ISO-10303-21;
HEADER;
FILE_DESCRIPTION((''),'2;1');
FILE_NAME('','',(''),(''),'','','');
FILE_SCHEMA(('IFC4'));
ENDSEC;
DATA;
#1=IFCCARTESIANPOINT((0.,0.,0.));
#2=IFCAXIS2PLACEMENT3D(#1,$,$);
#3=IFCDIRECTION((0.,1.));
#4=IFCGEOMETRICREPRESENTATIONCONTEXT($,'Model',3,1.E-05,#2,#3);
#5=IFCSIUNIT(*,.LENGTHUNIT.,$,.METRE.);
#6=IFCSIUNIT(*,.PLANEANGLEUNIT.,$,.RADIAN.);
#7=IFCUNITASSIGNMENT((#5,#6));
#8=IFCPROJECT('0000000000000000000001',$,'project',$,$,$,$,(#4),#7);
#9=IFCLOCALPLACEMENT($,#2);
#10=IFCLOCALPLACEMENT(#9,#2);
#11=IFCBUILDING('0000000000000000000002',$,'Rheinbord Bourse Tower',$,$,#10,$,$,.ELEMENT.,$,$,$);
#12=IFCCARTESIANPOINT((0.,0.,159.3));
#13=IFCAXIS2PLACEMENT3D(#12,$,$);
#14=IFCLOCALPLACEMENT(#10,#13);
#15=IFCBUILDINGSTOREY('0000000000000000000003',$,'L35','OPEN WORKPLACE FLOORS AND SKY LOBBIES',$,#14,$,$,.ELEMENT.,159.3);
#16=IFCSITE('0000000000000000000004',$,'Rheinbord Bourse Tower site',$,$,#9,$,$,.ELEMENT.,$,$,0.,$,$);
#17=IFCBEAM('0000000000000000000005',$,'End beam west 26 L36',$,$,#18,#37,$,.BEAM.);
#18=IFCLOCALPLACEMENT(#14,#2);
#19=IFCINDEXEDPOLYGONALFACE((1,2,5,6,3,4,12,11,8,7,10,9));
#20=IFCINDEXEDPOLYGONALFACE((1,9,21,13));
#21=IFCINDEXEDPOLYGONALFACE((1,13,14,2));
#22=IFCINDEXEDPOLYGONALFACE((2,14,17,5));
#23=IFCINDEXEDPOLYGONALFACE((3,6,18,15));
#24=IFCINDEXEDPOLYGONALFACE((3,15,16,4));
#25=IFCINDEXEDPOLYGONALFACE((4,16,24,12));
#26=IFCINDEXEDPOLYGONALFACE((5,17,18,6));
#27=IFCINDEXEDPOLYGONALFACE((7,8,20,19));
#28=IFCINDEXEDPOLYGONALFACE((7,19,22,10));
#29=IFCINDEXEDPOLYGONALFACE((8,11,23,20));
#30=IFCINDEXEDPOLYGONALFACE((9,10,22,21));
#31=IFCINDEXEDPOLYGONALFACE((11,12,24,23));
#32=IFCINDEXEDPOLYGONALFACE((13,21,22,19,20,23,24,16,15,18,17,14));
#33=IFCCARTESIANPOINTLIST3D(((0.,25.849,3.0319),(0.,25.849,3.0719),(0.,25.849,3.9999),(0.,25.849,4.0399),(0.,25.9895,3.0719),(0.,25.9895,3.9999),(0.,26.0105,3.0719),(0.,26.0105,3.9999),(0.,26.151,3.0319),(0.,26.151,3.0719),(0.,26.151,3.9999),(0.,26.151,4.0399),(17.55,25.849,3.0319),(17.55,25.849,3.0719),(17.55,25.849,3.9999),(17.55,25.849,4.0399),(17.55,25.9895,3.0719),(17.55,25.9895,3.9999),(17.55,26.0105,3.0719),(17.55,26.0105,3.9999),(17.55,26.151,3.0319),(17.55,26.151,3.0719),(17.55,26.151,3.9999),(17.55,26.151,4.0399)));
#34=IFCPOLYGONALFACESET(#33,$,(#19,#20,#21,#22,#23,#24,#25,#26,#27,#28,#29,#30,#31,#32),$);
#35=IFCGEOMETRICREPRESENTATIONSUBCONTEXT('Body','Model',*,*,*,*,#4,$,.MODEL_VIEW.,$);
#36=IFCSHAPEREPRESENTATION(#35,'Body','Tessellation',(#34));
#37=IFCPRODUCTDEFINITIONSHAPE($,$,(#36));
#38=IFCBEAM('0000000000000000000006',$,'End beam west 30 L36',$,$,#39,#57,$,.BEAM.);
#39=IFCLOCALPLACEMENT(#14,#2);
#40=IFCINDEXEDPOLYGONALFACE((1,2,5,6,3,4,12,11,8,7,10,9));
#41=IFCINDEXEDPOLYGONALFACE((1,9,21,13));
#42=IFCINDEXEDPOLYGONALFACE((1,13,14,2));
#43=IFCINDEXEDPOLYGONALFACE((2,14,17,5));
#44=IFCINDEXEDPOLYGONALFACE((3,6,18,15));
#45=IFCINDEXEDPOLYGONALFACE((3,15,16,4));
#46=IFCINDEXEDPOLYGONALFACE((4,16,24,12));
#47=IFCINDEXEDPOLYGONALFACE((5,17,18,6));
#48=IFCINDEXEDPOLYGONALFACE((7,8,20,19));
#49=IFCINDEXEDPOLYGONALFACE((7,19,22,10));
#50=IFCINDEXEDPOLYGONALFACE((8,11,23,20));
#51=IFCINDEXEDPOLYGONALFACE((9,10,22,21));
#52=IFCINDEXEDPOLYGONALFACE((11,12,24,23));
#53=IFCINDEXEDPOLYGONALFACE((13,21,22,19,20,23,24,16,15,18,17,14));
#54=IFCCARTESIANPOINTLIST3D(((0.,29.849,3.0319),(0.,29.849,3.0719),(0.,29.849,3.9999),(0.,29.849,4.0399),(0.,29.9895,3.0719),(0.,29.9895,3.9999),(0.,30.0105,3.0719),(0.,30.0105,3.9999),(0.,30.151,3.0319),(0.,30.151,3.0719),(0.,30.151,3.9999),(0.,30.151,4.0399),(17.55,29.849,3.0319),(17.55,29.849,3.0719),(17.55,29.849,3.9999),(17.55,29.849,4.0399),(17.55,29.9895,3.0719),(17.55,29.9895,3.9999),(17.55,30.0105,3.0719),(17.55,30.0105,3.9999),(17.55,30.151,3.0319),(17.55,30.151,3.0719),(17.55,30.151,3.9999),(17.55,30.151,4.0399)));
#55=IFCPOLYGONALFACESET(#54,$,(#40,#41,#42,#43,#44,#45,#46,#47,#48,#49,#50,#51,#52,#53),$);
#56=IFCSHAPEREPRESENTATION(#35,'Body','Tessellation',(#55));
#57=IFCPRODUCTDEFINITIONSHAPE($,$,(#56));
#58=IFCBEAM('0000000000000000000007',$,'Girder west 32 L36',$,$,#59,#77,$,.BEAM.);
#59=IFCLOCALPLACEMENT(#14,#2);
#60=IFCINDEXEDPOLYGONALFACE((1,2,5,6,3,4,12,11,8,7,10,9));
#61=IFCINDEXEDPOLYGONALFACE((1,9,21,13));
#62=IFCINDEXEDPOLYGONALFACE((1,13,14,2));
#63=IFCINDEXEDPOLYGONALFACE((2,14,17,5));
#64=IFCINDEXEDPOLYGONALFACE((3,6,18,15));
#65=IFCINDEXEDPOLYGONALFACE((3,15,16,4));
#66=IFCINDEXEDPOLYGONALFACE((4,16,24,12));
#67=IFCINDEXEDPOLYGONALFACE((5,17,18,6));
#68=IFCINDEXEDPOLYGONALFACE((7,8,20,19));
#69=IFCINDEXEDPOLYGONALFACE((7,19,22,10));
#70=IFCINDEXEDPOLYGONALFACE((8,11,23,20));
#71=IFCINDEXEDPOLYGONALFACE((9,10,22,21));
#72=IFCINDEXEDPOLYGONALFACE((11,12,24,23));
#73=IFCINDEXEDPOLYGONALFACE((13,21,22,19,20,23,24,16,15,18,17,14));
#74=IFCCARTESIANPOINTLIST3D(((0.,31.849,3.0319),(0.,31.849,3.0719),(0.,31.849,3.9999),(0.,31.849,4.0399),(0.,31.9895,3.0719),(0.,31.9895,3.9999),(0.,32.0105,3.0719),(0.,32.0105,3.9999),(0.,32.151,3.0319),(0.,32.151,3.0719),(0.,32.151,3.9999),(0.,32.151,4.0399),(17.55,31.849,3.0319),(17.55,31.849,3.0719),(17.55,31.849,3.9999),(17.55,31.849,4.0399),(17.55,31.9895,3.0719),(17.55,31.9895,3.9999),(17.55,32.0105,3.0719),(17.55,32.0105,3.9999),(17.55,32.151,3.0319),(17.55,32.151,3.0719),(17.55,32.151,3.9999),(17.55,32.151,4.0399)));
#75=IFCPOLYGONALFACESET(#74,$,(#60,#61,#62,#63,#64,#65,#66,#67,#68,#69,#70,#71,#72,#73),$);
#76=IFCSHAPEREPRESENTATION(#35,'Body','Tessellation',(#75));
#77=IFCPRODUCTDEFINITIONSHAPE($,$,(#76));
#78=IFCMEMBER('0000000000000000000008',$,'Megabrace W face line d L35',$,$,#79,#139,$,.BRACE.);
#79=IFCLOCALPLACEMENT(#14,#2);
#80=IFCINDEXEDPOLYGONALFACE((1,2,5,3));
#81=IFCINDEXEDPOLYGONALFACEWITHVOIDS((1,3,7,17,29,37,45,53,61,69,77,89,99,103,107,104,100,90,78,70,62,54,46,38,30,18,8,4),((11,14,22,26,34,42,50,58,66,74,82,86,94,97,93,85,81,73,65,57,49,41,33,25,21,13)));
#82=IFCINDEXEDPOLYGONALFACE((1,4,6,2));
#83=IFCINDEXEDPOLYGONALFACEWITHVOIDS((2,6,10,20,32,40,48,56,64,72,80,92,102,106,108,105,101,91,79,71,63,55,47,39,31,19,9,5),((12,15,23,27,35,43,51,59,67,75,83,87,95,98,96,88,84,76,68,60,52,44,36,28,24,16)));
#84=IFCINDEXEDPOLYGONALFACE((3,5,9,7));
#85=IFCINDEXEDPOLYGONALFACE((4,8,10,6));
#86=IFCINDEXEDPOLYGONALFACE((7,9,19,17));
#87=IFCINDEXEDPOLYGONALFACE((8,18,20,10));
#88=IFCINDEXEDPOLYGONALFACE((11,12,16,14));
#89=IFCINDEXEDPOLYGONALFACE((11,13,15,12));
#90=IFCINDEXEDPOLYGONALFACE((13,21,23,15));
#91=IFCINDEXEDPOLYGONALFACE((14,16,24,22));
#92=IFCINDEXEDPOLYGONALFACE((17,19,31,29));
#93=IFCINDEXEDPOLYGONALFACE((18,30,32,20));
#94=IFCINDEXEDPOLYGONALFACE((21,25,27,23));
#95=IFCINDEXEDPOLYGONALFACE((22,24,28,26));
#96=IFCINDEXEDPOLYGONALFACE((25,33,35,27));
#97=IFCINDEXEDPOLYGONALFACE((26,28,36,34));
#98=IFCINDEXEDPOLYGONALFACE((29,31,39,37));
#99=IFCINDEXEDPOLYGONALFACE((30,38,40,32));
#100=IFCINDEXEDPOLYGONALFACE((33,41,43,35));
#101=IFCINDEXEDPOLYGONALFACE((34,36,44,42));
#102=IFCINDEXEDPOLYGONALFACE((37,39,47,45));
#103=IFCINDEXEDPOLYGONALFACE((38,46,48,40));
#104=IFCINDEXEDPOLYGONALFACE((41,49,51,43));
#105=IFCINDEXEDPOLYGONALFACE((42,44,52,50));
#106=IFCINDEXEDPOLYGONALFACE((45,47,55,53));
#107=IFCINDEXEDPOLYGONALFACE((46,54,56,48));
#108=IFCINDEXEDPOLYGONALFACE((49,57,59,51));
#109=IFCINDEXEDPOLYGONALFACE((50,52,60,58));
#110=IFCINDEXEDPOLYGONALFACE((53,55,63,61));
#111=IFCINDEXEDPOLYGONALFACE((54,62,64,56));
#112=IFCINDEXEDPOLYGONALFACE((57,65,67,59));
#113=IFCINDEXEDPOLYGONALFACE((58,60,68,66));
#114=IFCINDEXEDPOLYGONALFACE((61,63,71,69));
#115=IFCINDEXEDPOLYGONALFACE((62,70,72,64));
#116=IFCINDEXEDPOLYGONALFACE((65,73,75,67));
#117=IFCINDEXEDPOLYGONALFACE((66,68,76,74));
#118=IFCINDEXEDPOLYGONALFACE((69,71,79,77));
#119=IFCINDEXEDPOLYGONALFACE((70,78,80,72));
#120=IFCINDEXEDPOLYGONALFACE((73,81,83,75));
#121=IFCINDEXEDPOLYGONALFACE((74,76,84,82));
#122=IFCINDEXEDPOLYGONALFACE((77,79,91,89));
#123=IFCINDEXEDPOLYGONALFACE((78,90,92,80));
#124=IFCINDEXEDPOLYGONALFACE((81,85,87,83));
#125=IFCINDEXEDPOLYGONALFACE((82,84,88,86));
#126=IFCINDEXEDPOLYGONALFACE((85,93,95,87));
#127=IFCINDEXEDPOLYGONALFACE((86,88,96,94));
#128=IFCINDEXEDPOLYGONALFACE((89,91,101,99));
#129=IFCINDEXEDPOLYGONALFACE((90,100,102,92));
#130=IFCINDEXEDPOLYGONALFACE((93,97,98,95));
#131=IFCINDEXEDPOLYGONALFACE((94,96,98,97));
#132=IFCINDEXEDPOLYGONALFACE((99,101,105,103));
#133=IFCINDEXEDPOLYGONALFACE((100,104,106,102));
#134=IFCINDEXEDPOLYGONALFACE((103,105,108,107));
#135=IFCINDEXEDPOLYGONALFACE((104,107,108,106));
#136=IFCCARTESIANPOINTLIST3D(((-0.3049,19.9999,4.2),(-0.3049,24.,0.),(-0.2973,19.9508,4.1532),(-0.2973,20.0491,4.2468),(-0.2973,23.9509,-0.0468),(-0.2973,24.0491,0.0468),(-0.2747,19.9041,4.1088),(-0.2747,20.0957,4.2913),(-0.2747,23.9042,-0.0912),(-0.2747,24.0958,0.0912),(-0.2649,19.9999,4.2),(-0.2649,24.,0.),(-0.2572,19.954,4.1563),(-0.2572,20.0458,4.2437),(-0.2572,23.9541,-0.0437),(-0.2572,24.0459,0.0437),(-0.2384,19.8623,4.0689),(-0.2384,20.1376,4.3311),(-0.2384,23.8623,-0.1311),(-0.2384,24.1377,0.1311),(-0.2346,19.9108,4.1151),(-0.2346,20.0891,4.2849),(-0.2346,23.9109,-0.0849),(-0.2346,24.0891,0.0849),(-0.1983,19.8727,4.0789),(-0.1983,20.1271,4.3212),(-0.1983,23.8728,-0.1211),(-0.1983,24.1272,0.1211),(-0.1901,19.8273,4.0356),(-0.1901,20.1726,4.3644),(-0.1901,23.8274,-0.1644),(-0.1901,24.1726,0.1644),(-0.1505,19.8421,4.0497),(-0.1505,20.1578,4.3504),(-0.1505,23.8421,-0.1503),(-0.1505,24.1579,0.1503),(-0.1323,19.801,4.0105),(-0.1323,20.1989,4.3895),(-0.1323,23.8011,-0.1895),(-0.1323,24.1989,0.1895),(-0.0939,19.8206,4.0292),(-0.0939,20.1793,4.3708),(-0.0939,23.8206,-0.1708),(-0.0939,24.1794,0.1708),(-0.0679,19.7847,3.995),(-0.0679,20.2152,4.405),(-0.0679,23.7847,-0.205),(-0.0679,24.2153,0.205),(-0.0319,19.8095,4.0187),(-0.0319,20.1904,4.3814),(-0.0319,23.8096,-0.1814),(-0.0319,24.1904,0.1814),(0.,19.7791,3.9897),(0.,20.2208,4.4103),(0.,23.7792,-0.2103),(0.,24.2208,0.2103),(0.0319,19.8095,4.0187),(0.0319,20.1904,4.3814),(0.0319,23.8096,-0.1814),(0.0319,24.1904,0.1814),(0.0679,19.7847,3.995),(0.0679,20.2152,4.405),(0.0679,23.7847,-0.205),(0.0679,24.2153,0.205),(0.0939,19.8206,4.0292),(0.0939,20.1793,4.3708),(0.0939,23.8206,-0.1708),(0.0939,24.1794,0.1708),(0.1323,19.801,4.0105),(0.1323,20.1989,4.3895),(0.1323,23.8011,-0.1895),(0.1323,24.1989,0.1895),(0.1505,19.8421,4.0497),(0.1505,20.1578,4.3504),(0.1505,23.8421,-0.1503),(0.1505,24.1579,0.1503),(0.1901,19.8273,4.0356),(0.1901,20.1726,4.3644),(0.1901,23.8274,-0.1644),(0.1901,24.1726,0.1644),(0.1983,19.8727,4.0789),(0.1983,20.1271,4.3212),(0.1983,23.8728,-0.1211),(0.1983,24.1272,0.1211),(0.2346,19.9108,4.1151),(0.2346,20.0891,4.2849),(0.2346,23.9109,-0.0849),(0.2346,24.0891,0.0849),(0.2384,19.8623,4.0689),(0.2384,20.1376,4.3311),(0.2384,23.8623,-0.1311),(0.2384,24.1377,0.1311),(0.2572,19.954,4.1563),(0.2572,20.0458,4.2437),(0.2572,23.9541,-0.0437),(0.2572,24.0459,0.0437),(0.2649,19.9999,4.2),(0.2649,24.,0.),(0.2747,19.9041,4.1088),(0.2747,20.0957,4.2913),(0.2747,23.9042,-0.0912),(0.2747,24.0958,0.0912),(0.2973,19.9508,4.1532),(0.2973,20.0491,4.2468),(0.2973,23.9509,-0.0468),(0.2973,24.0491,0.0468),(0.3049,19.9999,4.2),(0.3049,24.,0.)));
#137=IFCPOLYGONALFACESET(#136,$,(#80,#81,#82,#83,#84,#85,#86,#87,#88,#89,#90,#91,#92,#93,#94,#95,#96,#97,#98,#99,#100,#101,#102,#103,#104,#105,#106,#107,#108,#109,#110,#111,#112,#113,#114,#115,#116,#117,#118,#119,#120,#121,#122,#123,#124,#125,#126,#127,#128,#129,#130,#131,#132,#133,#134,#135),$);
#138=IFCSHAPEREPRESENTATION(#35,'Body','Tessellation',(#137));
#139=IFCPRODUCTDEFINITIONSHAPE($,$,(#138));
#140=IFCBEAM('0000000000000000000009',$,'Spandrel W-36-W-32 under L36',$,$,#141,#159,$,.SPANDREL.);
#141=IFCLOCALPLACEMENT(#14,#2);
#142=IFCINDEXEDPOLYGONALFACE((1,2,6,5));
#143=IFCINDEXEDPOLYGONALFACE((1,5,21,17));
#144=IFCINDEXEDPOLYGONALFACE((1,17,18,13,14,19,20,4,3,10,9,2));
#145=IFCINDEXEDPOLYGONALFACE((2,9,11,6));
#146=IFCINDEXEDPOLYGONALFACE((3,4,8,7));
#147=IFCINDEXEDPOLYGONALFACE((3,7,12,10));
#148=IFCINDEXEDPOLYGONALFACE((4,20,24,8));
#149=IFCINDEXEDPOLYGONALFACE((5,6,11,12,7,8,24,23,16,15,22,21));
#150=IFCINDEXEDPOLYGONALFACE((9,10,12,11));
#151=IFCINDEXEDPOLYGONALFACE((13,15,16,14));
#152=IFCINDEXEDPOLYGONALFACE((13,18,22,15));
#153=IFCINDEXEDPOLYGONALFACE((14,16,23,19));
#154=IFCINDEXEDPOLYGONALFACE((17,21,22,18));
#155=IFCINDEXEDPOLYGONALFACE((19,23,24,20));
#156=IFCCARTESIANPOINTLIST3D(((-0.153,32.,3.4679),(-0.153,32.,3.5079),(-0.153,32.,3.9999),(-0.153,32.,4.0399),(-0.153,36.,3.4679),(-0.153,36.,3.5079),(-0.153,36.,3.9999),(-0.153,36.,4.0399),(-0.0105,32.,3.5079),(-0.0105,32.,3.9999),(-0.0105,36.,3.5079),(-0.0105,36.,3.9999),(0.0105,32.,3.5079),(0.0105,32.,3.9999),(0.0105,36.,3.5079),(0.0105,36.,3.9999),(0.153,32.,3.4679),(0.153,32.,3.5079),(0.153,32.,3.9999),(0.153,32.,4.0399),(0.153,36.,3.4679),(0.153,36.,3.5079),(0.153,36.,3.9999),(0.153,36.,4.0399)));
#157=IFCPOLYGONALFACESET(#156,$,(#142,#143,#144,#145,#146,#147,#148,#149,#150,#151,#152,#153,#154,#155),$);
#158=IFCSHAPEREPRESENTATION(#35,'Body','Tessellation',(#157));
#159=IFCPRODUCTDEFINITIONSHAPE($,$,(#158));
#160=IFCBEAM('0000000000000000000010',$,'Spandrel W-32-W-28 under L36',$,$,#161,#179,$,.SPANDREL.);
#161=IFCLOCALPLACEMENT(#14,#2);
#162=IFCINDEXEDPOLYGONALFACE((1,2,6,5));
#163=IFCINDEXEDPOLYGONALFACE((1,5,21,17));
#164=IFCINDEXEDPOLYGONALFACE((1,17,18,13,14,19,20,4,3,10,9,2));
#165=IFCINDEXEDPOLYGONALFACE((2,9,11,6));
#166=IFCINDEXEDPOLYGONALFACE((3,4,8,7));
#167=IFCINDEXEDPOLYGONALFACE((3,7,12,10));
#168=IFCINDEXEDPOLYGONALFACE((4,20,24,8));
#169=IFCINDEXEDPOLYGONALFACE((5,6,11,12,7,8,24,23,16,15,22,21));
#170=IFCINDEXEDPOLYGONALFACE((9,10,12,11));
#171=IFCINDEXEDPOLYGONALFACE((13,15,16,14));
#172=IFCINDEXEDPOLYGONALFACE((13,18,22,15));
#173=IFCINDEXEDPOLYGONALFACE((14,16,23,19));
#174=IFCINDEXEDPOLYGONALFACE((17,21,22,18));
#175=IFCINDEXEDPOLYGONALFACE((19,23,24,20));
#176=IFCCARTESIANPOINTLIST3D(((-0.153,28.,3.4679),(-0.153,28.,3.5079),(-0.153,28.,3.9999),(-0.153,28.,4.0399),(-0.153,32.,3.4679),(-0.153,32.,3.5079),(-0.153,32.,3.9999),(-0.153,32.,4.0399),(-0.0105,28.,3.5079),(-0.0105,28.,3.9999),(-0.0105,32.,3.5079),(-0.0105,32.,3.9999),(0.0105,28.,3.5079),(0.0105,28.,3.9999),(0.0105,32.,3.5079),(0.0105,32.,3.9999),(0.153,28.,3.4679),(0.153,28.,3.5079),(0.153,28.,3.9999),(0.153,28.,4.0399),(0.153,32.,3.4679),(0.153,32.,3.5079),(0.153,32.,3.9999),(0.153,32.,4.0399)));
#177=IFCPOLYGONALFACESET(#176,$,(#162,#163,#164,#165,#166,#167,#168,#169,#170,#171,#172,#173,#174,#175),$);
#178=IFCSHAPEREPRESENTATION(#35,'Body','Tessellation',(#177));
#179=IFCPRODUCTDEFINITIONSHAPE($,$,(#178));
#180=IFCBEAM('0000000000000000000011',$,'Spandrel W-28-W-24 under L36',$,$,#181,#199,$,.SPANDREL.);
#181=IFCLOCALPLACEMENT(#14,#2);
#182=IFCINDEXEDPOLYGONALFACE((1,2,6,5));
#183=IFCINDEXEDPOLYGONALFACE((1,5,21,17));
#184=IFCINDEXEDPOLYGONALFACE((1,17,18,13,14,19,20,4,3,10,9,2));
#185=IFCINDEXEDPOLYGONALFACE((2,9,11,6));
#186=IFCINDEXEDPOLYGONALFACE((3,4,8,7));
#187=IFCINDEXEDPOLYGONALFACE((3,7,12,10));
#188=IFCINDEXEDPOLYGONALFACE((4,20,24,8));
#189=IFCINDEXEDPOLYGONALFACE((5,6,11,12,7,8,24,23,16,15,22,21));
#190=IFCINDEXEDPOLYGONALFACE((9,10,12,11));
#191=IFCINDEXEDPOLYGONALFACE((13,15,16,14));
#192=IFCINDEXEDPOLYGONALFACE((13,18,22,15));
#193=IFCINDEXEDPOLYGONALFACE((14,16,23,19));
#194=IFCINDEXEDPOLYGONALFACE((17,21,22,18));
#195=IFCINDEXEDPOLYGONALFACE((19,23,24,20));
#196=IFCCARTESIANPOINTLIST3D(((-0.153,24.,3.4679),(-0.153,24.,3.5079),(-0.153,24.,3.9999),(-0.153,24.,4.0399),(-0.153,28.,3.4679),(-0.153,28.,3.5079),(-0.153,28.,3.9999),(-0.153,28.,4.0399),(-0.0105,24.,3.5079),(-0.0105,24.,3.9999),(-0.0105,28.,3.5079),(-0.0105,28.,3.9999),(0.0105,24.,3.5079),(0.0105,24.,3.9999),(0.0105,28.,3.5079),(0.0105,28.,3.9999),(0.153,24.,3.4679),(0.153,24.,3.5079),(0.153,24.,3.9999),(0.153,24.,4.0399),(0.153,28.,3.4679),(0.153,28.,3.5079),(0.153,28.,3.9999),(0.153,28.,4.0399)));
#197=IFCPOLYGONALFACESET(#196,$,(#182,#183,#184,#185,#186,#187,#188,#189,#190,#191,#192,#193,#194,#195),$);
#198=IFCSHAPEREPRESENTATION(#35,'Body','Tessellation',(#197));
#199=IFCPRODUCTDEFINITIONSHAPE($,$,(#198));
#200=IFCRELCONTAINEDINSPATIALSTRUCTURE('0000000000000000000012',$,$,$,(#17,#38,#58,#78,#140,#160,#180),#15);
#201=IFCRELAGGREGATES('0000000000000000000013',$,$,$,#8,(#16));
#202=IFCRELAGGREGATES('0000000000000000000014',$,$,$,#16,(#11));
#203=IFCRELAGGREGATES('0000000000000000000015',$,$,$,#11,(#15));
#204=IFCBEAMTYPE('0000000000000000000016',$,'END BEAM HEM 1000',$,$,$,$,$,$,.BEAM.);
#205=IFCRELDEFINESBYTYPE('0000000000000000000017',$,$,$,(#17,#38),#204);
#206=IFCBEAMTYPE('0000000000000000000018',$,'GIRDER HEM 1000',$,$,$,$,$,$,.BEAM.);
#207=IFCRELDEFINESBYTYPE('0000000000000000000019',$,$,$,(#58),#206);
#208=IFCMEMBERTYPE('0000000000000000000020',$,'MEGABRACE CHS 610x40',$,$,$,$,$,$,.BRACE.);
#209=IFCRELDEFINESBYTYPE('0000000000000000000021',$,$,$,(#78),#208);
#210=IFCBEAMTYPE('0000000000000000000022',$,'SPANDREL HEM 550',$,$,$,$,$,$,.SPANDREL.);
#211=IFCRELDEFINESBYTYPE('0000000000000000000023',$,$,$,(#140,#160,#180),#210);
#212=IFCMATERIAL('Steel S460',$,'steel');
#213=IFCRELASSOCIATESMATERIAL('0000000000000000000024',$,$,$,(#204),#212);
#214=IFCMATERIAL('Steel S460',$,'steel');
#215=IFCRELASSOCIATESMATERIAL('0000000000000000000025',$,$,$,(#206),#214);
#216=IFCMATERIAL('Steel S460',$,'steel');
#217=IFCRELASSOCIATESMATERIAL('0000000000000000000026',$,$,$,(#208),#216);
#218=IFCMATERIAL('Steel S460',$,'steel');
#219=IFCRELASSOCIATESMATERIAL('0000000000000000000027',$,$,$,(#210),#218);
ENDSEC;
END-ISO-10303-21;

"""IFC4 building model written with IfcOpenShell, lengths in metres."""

from ifc_helpers import new_model, si_unit, direction, frame, origin, origin_2d, place, context, subcontext, project, spatial, hollow_circle, i_section, extrude, material, material_profile, profile_set, type_object, element, save


model = new_model("IFC4")

# Units and contexts
model_context = context("Model", 3, precision=1e-05, world=origin(), true_north=direction((0.0, 1.0)))
body_context = subcontext(model_context, "Body", "Model", "MODEL_VIEW")
ifc_project = project(units=[si_unit("LENGTHUNIT", "METRE"), si_unit("PLANEANGLEUNIT", "RADIAN")], contexts=[model_context])

# Site, building, storey
site_placement = place(None, origin())
site = spatial("IfcSite", under=ifc_project, at=site_placement, Name="Rheinbord Bourse Tower site", CompositionType="ELEMENT", RefElevation=0.0)
building_placement = place(site_placement, origin())
building = spatial("IfcBuilding", under=site, at=building_placement, Name="Rheinbord Bourse Tower", CompositionType="ELEMENT")
storey_placement = place(building_placement, frame((0.0, 0.0, 159.3)))
storey = spatial("IfcBuildingStorey", under=building, at=storey_placement, Name="L35", Description="OPEN WORKPLACE FLOORS AND SKY LOBBIES", CompositionType="ELEMENT", Elevation=159.3)

# Beams
ifc_material_1 = material(Name="Steel S460", Category="steel")
ifc_material_profile_1 = material_profile(ifc_material_1, i_section(OverallWidth=0.302, OverallDepth=1.0081, WebThickness=0.021, FlangeThickness=0.04, at=origin_2d()), Name="HEM 1000")
ifc_profile_set_1 = profile_set([ifc_material_profile_1], Name="Steel S460")
beam_type_1 = type_object("IfcBeamType", Name="END BEAM HEM 1000", PredefinedType="BEAM", material=ifc_profile_set_1)
for number, where, z_axis, x_axis, name in (
    (1, (0.0, 26.0, 3.5359), (1.0, 0.0, 0.0), (0.0, 1.0, 0.0), "End beam west 26 L36"),
    (2, (0.0, 30.0, 3.5359), (1.0, 0.0, 0.0), (0.0, 1.0, 0.0), "End beam west 30 L36"),
):
    element("IfcBeam", number, at=place(storey_placement, frame(where, z_axis=z_axis, x_axis=x_axis)), inside=storey, type_object=beam_type_1, Name=name, PredefinedType="BEAM", context=body_context, shape_type="SweptSolid", body=[
        extrude(i_section(OverallWidth=0.302, OverallDepth=1.0081, WebThickness=0.021, FlangeThickness=0.04, at=origin_2d()), origin(), (0.0, 0.0, 1.0), 17.55),
    ])
ifc_material_2 = material(Name="Steel S460", Category="steel")
ifc_material_profile_2 = material_profile(ifc_material_2, i_section(OverallWidth=0.302, OverallDepth=1.0081, WebThickness=0.021, FlangeThickness=0.04, at=origin_2d()), Name="HEM 1000")
ifc_profile_set_2 = profile_set([ifc_material_profile_2], Name="Steel S460")
beam_type_2 = type_object("IfcBeamType", Name="GIRDER HEM 1000", PredefinedType="BEAM", material=ifc_profile_set_2)
beam_placement = place(storey_placement, frame((0.0, 32.0, 3.5359), z_axis=(1.0, 0.0, 0.0), x_axis=(0.0, 1.0, 0.0)))
element("IfcBeam", 3, at=beam_placement, inside=storey, type_object=beam_type_2, Name="Girder west 32 L36", PredefinedType="BEAM", context=body_context, shape_type="SweptSolid", body=[
    extrude(i_section(OverallWidth=0.302, OverallDepth=1.0081, WebThickness=0.021, FlangeThickness=0.04, at=origin_2d()), origin(), (0.0, 0.0, 1.0), 17.55),
])

# Member
ifc_material_3 = material(Name="Steel S460", Category="steel")
ifc_material_profile_3 = material_profile(ifc_material_3, hollow_circle(Radius=0.3049, WallThickness=0.04, at=origin_2d()), Name="CHS 610x40")
ifc_profile_set_3 = profile_set([ifc_material_profile_3], Name="Steel S460")
member_type_1 = type_object("IfcMemberType", Name="MEGABRACE CHS 610x40", PredefinedType="BRACE", material=ifc_profile_set_3)
member_1_placement = place(storey_placement, frame((0.0, 24.0, 0.0), z_axis=(0.0, -0.689659, 0.724134), x_axis=(1.0, 0.0, 0.0)))
element("IfcMember", 4, at=member_1_placement, inside=storey, type_object=member_type_1, Name="Megabrace W face line d L35", PredefinedType="BRACE", context=body_context, shape_type="SweptSolid", body=[
    extrude(hollow_circle(Radius=0.3049, WallThickness=0.04, at=origin_2d()), origin(), (0.0, 0.0, 1.0), 5.8),
])

# Beams
ifc_material_4 = material(Name="Steel S460", Category="steel")
ifc_material_profile_4 = material_profile(ifc_material_4, i_section(OverallWidth=0.3059, OverallDepth=0.572, WebThickness=0.021, FlangeThickness=0.04, at=origin_2d()), Name="HEM 550")
ifc_profile_set_4 = profile_set([ifc_material_profile_4], Name="Steel S460")
beam_type_3 = type_object("IfcBeamType", Name="SPANDREL HEM 550", PredefinedType="SPANDREL", material=ifc_profile_set_4)
for number, where, z_axis, x_axis, name in (
    (5, (0.0, 36.0, 3.7539), (0.0, -1.0, 0.0), (1.0, 0.0, 0.0), "Spandrel W-36-W-32 under L36"),
    (6, (0.0, 32.0, 3.7539), (0.0, -1.0, 0.0), (1.0, 0.0, 0.0), "Spandrel W-32-W-28 under L36"),
    (7, (0.0, 28.0, 3.7539), (0.0, -1.0, 0.0), (1.0, 0.0, 0.0), "Spandrel W-28-W-24 under L36"),
):
    element("IfcBeam", number, at=place(storey_placement, frame(where, z_axis=z_axis, x_axis=x_axis)), inside=storey, type_object=beam_type_3, Name=name, PredefinedType="SPANDREL", context=body_context, shape_type="SweptSolid", body=[
        extrude(i_section(OverallWidth=0.3059, OverallDepth=0.572, WebThickness=0.021, FlangeThickness=0.04, at=origin_2d()), origin(), (0.0, 0.0, 1.0), 4.0),
    ])

save(model, "model.ifc")
